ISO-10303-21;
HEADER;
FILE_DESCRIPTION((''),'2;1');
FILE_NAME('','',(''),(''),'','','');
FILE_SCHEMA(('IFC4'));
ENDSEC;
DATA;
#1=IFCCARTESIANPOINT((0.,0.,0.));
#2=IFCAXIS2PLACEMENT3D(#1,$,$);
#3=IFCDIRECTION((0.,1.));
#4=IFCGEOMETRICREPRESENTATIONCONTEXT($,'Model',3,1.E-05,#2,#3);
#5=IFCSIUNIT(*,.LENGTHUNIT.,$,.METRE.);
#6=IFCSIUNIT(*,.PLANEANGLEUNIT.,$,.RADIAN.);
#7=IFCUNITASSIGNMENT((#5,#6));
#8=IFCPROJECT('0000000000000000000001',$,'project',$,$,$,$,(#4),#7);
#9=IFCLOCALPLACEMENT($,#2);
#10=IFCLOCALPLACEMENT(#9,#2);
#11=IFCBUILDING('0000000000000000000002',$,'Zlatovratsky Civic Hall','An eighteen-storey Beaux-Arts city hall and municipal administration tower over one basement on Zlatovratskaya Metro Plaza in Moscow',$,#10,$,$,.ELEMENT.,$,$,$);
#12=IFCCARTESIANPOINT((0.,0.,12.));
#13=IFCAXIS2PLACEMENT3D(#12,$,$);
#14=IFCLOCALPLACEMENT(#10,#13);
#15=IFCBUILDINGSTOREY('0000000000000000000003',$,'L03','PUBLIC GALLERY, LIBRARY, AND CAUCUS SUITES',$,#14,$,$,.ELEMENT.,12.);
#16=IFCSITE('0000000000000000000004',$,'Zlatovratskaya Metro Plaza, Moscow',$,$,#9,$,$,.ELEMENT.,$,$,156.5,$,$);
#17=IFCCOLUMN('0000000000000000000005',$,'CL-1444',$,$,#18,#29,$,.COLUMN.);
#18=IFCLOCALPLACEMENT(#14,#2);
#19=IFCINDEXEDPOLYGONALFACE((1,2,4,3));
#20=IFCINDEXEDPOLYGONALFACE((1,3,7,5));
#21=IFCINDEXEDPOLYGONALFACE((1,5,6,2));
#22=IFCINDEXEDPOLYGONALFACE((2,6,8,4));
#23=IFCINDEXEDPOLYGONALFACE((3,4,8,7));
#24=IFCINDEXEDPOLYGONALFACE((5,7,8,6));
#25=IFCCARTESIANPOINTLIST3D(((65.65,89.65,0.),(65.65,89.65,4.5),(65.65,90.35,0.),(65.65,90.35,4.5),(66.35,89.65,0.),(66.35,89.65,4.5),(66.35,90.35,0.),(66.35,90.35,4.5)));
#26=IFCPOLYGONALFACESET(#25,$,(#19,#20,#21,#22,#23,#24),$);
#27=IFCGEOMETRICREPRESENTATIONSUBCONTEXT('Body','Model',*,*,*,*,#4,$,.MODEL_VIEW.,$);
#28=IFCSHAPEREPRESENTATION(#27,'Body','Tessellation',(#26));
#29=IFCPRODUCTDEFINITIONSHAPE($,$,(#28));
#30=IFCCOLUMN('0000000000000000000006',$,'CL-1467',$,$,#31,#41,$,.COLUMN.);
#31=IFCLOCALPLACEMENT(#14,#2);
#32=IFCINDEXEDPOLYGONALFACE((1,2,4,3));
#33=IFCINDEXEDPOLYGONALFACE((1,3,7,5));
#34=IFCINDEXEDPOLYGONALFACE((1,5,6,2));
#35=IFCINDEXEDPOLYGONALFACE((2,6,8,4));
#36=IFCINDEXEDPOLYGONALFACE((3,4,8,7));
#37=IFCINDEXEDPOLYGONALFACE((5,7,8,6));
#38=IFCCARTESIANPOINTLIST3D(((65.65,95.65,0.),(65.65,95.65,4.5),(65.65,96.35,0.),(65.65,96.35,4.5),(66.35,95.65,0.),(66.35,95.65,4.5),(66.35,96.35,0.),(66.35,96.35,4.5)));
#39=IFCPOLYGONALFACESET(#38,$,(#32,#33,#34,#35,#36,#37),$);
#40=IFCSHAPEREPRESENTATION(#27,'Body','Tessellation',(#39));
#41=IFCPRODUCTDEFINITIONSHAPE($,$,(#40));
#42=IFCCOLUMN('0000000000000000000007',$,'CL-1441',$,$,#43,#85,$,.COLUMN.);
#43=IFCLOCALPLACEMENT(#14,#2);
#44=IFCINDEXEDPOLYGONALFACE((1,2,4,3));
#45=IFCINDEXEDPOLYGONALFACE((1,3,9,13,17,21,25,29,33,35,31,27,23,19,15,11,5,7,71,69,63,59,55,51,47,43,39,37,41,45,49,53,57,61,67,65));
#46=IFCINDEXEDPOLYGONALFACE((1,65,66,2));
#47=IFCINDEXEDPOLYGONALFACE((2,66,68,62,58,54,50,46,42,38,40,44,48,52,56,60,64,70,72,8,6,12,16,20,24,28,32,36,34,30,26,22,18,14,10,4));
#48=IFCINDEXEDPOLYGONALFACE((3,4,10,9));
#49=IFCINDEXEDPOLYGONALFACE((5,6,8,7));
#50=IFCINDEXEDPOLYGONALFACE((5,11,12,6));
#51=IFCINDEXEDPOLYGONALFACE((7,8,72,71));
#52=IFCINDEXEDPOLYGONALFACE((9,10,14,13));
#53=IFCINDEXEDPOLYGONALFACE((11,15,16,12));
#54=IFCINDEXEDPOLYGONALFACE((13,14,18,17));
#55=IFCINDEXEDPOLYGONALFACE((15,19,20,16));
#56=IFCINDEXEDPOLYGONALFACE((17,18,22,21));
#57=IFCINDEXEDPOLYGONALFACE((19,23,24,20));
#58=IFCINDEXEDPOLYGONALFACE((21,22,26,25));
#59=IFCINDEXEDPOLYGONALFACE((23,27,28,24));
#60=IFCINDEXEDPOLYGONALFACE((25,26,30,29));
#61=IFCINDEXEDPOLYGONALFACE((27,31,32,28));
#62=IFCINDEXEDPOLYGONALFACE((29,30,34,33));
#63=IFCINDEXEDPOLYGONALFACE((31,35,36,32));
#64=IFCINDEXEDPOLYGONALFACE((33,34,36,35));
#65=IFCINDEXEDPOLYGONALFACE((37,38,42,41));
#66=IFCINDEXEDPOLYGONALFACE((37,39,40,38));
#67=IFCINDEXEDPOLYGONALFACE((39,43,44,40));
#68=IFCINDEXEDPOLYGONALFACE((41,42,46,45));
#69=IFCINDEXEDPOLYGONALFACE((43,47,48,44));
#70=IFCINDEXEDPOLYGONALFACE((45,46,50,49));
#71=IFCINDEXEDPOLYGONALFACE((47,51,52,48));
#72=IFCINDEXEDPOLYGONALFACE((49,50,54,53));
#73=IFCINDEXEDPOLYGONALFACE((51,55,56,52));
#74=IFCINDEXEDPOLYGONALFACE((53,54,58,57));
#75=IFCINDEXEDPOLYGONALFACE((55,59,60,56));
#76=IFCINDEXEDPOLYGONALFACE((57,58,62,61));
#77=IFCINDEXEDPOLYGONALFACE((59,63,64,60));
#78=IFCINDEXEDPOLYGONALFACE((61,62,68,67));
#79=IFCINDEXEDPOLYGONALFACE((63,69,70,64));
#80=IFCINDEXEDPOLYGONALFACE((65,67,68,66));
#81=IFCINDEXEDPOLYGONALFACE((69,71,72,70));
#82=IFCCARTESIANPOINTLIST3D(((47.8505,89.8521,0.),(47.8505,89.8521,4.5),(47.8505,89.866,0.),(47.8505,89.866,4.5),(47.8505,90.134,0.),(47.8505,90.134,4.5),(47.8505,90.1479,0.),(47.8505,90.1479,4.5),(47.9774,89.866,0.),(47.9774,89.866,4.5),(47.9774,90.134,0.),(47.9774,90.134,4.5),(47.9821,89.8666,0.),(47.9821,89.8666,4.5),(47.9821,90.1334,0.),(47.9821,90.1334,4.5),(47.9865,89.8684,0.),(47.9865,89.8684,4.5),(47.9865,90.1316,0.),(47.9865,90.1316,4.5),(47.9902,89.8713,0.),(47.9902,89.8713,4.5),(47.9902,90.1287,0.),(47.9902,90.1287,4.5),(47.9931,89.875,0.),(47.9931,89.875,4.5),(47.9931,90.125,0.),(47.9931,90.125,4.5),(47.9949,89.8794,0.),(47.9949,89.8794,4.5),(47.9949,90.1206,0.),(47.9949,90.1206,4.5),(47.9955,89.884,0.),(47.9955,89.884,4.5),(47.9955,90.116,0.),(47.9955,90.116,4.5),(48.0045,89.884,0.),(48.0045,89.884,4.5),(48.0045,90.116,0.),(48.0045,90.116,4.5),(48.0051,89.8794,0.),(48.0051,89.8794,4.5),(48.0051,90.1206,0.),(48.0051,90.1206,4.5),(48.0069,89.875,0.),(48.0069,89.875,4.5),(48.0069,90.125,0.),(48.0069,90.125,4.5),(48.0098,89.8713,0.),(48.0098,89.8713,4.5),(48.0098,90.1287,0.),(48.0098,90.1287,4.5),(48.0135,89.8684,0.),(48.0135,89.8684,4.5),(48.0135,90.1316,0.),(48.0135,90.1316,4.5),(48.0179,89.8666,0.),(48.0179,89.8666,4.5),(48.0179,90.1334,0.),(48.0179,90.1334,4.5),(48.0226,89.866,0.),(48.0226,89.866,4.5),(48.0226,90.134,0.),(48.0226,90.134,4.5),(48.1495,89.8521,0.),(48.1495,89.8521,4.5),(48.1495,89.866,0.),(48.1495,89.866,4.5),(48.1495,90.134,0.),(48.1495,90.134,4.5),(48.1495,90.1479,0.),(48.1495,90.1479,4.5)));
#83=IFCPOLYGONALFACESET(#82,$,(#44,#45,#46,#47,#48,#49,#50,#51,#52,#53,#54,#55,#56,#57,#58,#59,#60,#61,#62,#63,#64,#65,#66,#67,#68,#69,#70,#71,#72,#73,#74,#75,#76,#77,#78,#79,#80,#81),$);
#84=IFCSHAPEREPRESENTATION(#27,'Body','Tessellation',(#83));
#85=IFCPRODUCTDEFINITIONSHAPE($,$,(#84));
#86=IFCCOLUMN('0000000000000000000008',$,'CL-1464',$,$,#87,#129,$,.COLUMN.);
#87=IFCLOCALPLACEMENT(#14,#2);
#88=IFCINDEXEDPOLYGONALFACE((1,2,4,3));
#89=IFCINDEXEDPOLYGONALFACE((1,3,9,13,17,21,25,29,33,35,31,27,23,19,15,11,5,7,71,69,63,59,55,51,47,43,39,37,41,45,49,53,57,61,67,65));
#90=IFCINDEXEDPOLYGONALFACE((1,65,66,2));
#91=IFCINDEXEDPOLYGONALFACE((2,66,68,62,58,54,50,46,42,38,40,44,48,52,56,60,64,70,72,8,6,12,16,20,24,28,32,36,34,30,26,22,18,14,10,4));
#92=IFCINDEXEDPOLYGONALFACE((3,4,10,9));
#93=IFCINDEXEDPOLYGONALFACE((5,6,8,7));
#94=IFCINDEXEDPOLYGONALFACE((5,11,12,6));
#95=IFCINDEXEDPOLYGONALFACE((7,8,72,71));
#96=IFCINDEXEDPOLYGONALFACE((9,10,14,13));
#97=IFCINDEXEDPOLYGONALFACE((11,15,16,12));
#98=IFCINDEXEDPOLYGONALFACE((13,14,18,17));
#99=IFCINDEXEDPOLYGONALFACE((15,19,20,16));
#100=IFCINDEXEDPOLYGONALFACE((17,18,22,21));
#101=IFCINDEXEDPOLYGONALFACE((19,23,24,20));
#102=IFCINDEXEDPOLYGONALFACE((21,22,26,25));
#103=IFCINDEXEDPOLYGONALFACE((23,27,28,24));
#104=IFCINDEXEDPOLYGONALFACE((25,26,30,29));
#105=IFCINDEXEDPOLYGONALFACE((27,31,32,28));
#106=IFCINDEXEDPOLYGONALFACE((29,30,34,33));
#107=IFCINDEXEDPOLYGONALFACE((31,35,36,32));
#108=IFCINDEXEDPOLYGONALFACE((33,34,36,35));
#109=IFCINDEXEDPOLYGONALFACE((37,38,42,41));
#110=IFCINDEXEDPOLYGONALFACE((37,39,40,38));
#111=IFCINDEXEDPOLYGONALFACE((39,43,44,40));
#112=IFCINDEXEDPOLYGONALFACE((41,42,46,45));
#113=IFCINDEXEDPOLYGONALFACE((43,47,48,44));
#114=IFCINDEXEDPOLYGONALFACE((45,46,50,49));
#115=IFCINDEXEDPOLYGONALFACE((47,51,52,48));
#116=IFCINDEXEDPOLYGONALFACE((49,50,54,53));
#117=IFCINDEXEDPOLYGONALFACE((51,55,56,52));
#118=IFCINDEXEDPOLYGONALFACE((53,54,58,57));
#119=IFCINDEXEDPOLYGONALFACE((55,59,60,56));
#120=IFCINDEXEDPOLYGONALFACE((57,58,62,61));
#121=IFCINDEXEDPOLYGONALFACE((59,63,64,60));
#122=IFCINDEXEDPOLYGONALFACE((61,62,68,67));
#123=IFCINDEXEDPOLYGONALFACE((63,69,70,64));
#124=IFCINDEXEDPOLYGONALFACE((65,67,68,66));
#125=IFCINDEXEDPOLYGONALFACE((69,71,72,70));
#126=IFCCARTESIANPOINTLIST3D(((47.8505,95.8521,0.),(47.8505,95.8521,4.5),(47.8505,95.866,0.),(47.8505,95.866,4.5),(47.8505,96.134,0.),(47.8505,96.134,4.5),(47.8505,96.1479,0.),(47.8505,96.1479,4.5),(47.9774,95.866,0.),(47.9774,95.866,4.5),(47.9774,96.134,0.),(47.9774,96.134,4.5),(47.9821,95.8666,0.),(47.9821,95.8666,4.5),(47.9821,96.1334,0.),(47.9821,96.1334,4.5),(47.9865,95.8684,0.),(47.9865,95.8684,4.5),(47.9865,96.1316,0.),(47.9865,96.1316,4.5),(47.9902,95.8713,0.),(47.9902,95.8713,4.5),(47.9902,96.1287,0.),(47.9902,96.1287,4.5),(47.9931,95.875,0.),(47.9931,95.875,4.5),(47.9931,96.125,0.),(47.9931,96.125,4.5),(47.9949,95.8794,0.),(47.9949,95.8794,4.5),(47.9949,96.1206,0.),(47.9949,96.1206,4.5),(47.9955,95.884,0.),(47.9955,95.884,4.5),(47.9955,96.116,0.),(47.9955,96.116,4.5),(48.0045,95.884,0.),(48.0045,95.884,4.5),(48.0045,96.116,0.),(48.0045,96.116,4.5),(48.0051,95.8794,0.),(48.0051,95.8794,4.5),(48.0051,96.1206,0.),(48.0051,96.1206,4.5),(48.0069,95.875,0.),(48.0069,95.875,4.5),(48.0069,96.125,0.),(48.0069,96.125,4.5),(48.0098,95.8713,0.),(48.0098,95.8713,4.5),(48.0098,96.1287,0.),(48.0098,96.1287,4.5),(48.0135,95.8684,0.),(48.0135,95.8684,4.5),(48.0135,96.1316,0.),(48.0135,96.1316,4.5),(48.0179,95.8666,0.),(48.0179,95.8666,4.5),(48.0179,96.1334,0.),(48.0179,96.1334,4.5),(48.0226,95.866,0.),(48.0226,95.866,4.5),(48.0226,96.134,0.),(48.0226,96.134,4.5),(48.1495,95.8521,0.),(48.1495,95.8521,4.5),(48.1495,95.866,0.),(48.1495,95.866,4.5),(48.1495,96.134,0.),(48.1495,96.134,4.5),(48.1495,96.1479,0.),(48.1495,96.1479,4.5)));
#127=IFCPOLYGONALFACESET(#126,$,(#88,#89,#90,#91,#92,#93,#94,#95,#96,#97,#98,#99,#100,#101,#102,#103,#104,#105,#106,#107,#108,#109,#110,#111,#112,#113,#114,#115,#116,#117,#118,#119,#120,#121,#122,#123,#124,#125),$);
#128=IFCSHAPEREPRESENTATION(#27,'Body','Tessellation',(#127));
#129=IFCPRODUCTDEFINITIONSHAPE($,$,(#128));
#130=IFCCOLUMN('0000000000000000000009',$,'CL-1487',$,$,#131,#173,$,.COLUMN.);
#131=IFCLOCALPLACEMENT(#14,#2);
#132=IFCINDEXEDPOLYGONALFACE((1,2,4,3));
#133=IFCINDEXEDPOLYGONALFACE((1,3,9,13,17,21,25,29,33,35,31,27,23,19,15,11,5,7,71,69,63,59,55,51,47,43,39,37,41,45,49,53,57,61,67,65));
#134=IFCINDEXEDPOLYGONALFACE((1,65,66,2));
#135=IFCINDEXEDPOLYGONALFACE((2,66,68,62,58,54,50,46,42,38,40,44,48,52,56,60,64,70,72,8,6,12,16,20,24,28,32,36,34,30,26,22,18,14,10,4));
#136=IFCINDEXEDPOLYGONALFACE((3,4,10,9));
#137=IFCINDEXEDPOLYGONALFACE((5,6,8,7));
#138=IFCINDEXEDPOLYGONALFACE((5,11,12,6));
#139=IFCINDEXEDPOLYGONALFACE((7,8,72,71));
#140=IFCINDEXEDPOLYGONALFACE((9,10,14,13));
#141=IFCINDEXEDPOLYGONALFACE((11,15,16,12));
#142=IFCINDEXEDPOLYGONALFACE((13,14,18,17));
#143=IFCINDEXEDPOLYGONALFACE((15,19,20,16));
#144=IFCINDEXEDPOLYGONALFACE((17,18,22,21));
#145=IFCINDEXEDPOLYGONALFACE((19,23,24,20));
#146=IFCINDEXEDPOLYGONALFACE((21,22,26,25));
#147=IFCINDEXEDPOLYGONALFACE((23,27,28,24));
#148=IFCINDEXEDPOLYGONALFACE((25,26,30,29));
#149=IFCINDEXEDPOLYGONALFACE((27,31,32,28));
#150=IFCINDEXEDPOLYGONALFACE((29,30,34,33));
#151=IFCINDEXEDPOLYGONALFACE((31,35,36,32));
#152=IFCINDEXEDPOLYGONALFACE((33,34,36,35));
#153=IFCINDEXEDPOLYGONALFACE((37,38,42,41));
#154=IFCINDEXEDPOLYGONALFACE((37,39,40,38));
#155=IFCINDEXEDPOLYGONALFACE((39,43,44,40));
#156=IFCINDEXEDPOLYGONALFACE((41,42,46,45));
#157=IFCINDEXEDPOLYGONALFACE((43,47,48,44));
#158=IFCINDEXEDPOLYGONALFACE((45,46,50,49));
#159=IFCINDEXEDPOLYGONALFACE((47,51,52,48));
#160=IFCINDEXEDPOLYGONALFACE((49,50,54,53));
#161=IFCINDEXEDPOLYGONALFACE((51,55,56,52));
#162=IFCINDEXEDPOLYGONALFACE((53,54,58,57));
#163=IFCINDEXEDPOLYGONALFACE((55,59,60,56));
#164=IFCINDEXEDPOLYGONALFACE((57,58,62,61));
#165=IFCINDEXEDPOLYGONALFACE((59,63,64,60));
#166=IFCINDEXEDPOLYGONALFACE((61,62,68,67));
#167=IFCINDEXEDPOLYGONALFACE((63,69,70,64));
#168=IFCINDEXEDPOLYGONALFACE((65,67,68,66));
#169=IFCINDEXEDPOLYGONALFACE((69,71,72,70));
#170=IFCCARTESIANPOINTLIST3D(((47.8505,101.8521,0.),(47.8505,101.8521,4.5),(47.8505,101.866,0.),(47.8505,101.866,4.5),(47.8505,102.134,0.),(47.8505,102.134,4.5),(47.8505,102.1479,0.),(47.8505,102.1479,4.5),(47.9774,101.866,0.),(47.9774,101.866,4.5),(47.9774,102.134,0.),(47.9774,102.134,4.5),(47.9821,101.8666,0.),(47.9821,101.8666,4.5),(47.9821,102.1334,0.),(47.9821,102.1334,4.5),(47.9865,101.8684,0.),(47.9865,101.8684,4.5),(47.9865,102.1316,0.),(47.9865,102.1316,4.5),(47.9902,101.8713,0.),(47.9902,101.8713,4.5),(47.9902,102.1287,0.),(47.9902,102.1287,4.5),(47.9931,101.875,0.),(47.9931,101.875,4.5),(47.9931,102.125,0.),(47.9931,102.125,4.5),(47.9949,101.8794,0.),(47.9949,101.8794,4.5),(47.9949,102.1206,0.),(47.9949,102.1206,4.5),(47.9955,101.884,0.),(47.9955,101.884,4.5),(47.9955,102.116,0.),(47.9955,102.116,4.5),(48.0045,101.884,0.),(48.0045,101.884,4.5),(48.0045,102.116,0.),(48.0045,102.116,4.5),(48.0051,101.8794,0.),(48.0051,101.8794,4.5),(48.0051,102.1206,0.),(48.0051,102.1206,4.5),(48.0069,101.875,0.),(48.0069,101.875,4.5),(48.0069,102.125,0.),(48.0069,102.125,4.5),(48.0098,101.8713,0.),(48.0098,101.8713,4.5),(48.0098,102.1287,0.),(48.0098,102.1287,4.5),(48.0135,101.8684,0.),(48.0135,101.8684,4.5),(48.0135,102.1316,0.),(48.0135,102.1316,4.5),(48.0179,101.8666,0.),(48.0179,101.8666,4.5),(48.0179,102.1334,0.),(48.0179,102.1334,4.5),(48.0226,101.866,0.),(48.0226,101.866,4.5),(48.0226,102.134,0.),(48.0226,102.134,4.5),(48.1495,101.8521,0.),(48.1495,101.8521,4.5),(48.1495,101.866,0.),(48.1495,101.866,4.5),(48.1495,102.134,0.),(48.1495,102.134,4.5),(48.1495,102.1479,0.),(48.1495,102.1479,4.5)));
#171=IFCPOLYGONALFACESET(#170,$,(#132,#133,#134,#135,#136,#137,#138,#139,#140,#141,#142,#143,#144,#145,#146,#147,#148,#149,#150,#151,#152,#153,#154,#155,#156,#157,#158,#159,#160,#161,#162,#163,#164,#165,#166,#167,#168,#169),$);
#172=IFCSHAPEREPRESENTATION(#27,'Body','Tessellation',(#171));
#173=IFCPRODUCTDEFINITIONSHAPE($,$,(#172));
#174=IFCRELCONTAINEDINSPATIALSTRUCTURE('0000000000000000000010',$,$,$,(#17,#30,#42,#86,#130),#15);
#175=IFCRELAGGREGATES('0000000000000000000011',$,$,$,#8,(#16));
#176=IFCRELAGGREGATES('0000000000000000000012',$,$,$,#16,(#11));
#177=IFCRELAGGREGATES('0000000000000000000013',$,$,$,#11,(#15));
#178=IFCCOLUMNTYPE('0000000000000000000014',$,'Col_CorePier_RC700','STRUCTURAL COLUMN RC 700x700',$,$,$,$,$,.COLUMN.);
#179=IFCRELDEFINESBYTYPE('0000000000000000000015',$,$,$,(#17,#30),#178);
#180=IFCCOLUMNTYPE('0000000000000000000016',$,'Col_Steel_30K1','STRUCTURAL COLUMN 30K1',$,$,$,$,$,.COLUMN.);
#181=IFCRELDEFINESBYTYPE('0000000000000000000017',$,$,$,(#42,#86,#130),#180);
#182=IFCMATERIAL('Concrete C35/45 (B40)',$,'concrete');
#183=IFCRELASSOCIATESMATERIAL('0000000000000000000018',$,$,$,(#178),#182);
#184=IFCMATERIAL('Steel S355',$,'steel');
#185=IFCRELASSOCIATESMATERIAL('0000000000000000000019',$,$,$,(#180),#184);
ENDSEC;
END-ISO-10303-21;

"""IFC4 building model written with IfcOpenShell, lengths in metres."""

from ifc_helpers import new_model, si_unit, direction, frame, origin, origin_2d, place, context, subcontext, project, spatial, rectangle, i_section, extrude, material, material_profile, profile_set, type_object, element, save


model = new_model("IFC4")

# Units and contexts
model_context = context("Model", 3, precision=1e-05, world=origin(), true_north=direction((0.0, 1.0)))
body_context = subcontext(model_context, "Body", "Model", "MODEL_VIEW")
ifc_project = project(units=[si_unit("LENGTHUNIT", "METRE"), si_unit("PLANEANGLEUNIT", "RADIAN")], contexts=[model_context])

# Site, building, storey
site_placement = place(None, origin())
site = spatial("IfcSite", under=ifc_project, at=site_placement, Name="Zlatovratskaya Metro Plaza, Moscow", CompositionType="ELEMENT", RefElevation=156.5)
building_placement = place(site_placement, origin())
building = spatial("IfcBuilding", under=site, at=building_placement, Name="Zlatovratsky Civic Hall", Description="An eighteen-storey Beaux-Arts city hall and municipal administration tower over one basement on Zlatovratskaya Metro Plaza in Moscow", CompositionType="ELEMENT")
storey_placement = place(building_placement, frame((0.0, 0.0, 12.0)))
storey = spatial("IfcBuildingStorey", under=building, at=storey_placement, Name="L03", Description="PUBLIC GALLERY, LIBRARY, AND CAUCUS SUITES", CompositionType="ELEMENT", Elevation=12.0)

# Columns
ifc_material_1 = material(Name="Concrete C35/45 (B40)", Category="concrete")
ifc_material_profile_1 = material_profile(ifc_material_1, rectangle(XDim=0.7, YDim=0.7, at=origin_2d()), Name="RC 700x700")
ifc_profile_set_1 = profile_set([ifc_material_profile_1], Name="Concrete C35/45 (B40)")
column_type_1 = type_object("IfcColumnType", Name="Col_CorePier_RC700", Description="STRUCTURAL COLUMN RC 700x700", PredefinedType="COLUMN", material=ifc_profile_set_1)
for number, where, z_axis, x_axis, name in (
    (1, (66.0, 90.0, 0.0), (0.0, 0.0, 1.0), (1.0, 0.0, 0.0), "CL-1444"),
    (2, (66.0, 96.0, 0.0), (0.0, 0.0, 1.0), (1.0, 0.0, 0.0), "CL-1467"),
):
    element("IfcColumn", number, at=place(storey_placement, frame(where, z_axis=z_axis, x_axis=x_axis)), inside=storey, type_object=column_type_1, Name=name, PredefinedType="COLUMN", context=body_context, shape_type="SweptSolid", body=[
        extrude(rectangle(XDim=0.7, YDim=0.7, at=origin_2d()), origin(), (0.0, 0.0, 1.0), 4.5),
    ])
ifc_material_2 = material(Name="Steel S355", Category="steel")
ifc_material_profile_2 = material_profile(ifc_material_2, i_section(OverallWidth=0.2991, OverallDepth=0.2959, WebThickness=0.009, FlangeThickness=0.0139, FilletRadius=0.0181, at=origin_2d()), Name="30K1")
ifc_profile_set_2 = profile_set([ifc_material_profile_2], Name="Steel S355")
column_type_2 = type_object("IfcColumnType", Name="Col_Steel_30K1", Description="STRUCTURAL COLUMN 30K1", PredefinedType="COLUMN", material=ifc_profile_set_2)
for number, where, z_axis, x_axis, name in (
    (3, (48.0, 90.0, 0.0), (0.0, 0.0, 1.0), (1.0, 0.0, 0.0), "CL-1441"),
    (4, (48.0, 96.0, 0.0), (0.0, 0.0, 1.0), (1.0, 0.0, 0.0), "CL-1464"),
    (5, (48.0, 102.0, 0.0), (0.0, 0.0, 1.0), (1.0, 0.0, 0.0), "CL-1487"),
):
    element("IfcColumn", number, at=place(storey_placement, frame(where, z_axis=z_axis, x_axis=x_axis)), inside=storey, type_object=column_type_2, Name=name, PredefinedType="COLUMN", context=body_context, shape_type="SweptSolid", body=[
        extrude(i_section(OverallWidth=0.2991, OverallDepth=0.2959, WebThickness=0.009, FlangeThickness=0.0139, FilletRadius=0.0181, at=origin_2d()), origin(), (0.0, 0.0, 1.0), 4.5),
    ])

save(model, "model.ifc")
